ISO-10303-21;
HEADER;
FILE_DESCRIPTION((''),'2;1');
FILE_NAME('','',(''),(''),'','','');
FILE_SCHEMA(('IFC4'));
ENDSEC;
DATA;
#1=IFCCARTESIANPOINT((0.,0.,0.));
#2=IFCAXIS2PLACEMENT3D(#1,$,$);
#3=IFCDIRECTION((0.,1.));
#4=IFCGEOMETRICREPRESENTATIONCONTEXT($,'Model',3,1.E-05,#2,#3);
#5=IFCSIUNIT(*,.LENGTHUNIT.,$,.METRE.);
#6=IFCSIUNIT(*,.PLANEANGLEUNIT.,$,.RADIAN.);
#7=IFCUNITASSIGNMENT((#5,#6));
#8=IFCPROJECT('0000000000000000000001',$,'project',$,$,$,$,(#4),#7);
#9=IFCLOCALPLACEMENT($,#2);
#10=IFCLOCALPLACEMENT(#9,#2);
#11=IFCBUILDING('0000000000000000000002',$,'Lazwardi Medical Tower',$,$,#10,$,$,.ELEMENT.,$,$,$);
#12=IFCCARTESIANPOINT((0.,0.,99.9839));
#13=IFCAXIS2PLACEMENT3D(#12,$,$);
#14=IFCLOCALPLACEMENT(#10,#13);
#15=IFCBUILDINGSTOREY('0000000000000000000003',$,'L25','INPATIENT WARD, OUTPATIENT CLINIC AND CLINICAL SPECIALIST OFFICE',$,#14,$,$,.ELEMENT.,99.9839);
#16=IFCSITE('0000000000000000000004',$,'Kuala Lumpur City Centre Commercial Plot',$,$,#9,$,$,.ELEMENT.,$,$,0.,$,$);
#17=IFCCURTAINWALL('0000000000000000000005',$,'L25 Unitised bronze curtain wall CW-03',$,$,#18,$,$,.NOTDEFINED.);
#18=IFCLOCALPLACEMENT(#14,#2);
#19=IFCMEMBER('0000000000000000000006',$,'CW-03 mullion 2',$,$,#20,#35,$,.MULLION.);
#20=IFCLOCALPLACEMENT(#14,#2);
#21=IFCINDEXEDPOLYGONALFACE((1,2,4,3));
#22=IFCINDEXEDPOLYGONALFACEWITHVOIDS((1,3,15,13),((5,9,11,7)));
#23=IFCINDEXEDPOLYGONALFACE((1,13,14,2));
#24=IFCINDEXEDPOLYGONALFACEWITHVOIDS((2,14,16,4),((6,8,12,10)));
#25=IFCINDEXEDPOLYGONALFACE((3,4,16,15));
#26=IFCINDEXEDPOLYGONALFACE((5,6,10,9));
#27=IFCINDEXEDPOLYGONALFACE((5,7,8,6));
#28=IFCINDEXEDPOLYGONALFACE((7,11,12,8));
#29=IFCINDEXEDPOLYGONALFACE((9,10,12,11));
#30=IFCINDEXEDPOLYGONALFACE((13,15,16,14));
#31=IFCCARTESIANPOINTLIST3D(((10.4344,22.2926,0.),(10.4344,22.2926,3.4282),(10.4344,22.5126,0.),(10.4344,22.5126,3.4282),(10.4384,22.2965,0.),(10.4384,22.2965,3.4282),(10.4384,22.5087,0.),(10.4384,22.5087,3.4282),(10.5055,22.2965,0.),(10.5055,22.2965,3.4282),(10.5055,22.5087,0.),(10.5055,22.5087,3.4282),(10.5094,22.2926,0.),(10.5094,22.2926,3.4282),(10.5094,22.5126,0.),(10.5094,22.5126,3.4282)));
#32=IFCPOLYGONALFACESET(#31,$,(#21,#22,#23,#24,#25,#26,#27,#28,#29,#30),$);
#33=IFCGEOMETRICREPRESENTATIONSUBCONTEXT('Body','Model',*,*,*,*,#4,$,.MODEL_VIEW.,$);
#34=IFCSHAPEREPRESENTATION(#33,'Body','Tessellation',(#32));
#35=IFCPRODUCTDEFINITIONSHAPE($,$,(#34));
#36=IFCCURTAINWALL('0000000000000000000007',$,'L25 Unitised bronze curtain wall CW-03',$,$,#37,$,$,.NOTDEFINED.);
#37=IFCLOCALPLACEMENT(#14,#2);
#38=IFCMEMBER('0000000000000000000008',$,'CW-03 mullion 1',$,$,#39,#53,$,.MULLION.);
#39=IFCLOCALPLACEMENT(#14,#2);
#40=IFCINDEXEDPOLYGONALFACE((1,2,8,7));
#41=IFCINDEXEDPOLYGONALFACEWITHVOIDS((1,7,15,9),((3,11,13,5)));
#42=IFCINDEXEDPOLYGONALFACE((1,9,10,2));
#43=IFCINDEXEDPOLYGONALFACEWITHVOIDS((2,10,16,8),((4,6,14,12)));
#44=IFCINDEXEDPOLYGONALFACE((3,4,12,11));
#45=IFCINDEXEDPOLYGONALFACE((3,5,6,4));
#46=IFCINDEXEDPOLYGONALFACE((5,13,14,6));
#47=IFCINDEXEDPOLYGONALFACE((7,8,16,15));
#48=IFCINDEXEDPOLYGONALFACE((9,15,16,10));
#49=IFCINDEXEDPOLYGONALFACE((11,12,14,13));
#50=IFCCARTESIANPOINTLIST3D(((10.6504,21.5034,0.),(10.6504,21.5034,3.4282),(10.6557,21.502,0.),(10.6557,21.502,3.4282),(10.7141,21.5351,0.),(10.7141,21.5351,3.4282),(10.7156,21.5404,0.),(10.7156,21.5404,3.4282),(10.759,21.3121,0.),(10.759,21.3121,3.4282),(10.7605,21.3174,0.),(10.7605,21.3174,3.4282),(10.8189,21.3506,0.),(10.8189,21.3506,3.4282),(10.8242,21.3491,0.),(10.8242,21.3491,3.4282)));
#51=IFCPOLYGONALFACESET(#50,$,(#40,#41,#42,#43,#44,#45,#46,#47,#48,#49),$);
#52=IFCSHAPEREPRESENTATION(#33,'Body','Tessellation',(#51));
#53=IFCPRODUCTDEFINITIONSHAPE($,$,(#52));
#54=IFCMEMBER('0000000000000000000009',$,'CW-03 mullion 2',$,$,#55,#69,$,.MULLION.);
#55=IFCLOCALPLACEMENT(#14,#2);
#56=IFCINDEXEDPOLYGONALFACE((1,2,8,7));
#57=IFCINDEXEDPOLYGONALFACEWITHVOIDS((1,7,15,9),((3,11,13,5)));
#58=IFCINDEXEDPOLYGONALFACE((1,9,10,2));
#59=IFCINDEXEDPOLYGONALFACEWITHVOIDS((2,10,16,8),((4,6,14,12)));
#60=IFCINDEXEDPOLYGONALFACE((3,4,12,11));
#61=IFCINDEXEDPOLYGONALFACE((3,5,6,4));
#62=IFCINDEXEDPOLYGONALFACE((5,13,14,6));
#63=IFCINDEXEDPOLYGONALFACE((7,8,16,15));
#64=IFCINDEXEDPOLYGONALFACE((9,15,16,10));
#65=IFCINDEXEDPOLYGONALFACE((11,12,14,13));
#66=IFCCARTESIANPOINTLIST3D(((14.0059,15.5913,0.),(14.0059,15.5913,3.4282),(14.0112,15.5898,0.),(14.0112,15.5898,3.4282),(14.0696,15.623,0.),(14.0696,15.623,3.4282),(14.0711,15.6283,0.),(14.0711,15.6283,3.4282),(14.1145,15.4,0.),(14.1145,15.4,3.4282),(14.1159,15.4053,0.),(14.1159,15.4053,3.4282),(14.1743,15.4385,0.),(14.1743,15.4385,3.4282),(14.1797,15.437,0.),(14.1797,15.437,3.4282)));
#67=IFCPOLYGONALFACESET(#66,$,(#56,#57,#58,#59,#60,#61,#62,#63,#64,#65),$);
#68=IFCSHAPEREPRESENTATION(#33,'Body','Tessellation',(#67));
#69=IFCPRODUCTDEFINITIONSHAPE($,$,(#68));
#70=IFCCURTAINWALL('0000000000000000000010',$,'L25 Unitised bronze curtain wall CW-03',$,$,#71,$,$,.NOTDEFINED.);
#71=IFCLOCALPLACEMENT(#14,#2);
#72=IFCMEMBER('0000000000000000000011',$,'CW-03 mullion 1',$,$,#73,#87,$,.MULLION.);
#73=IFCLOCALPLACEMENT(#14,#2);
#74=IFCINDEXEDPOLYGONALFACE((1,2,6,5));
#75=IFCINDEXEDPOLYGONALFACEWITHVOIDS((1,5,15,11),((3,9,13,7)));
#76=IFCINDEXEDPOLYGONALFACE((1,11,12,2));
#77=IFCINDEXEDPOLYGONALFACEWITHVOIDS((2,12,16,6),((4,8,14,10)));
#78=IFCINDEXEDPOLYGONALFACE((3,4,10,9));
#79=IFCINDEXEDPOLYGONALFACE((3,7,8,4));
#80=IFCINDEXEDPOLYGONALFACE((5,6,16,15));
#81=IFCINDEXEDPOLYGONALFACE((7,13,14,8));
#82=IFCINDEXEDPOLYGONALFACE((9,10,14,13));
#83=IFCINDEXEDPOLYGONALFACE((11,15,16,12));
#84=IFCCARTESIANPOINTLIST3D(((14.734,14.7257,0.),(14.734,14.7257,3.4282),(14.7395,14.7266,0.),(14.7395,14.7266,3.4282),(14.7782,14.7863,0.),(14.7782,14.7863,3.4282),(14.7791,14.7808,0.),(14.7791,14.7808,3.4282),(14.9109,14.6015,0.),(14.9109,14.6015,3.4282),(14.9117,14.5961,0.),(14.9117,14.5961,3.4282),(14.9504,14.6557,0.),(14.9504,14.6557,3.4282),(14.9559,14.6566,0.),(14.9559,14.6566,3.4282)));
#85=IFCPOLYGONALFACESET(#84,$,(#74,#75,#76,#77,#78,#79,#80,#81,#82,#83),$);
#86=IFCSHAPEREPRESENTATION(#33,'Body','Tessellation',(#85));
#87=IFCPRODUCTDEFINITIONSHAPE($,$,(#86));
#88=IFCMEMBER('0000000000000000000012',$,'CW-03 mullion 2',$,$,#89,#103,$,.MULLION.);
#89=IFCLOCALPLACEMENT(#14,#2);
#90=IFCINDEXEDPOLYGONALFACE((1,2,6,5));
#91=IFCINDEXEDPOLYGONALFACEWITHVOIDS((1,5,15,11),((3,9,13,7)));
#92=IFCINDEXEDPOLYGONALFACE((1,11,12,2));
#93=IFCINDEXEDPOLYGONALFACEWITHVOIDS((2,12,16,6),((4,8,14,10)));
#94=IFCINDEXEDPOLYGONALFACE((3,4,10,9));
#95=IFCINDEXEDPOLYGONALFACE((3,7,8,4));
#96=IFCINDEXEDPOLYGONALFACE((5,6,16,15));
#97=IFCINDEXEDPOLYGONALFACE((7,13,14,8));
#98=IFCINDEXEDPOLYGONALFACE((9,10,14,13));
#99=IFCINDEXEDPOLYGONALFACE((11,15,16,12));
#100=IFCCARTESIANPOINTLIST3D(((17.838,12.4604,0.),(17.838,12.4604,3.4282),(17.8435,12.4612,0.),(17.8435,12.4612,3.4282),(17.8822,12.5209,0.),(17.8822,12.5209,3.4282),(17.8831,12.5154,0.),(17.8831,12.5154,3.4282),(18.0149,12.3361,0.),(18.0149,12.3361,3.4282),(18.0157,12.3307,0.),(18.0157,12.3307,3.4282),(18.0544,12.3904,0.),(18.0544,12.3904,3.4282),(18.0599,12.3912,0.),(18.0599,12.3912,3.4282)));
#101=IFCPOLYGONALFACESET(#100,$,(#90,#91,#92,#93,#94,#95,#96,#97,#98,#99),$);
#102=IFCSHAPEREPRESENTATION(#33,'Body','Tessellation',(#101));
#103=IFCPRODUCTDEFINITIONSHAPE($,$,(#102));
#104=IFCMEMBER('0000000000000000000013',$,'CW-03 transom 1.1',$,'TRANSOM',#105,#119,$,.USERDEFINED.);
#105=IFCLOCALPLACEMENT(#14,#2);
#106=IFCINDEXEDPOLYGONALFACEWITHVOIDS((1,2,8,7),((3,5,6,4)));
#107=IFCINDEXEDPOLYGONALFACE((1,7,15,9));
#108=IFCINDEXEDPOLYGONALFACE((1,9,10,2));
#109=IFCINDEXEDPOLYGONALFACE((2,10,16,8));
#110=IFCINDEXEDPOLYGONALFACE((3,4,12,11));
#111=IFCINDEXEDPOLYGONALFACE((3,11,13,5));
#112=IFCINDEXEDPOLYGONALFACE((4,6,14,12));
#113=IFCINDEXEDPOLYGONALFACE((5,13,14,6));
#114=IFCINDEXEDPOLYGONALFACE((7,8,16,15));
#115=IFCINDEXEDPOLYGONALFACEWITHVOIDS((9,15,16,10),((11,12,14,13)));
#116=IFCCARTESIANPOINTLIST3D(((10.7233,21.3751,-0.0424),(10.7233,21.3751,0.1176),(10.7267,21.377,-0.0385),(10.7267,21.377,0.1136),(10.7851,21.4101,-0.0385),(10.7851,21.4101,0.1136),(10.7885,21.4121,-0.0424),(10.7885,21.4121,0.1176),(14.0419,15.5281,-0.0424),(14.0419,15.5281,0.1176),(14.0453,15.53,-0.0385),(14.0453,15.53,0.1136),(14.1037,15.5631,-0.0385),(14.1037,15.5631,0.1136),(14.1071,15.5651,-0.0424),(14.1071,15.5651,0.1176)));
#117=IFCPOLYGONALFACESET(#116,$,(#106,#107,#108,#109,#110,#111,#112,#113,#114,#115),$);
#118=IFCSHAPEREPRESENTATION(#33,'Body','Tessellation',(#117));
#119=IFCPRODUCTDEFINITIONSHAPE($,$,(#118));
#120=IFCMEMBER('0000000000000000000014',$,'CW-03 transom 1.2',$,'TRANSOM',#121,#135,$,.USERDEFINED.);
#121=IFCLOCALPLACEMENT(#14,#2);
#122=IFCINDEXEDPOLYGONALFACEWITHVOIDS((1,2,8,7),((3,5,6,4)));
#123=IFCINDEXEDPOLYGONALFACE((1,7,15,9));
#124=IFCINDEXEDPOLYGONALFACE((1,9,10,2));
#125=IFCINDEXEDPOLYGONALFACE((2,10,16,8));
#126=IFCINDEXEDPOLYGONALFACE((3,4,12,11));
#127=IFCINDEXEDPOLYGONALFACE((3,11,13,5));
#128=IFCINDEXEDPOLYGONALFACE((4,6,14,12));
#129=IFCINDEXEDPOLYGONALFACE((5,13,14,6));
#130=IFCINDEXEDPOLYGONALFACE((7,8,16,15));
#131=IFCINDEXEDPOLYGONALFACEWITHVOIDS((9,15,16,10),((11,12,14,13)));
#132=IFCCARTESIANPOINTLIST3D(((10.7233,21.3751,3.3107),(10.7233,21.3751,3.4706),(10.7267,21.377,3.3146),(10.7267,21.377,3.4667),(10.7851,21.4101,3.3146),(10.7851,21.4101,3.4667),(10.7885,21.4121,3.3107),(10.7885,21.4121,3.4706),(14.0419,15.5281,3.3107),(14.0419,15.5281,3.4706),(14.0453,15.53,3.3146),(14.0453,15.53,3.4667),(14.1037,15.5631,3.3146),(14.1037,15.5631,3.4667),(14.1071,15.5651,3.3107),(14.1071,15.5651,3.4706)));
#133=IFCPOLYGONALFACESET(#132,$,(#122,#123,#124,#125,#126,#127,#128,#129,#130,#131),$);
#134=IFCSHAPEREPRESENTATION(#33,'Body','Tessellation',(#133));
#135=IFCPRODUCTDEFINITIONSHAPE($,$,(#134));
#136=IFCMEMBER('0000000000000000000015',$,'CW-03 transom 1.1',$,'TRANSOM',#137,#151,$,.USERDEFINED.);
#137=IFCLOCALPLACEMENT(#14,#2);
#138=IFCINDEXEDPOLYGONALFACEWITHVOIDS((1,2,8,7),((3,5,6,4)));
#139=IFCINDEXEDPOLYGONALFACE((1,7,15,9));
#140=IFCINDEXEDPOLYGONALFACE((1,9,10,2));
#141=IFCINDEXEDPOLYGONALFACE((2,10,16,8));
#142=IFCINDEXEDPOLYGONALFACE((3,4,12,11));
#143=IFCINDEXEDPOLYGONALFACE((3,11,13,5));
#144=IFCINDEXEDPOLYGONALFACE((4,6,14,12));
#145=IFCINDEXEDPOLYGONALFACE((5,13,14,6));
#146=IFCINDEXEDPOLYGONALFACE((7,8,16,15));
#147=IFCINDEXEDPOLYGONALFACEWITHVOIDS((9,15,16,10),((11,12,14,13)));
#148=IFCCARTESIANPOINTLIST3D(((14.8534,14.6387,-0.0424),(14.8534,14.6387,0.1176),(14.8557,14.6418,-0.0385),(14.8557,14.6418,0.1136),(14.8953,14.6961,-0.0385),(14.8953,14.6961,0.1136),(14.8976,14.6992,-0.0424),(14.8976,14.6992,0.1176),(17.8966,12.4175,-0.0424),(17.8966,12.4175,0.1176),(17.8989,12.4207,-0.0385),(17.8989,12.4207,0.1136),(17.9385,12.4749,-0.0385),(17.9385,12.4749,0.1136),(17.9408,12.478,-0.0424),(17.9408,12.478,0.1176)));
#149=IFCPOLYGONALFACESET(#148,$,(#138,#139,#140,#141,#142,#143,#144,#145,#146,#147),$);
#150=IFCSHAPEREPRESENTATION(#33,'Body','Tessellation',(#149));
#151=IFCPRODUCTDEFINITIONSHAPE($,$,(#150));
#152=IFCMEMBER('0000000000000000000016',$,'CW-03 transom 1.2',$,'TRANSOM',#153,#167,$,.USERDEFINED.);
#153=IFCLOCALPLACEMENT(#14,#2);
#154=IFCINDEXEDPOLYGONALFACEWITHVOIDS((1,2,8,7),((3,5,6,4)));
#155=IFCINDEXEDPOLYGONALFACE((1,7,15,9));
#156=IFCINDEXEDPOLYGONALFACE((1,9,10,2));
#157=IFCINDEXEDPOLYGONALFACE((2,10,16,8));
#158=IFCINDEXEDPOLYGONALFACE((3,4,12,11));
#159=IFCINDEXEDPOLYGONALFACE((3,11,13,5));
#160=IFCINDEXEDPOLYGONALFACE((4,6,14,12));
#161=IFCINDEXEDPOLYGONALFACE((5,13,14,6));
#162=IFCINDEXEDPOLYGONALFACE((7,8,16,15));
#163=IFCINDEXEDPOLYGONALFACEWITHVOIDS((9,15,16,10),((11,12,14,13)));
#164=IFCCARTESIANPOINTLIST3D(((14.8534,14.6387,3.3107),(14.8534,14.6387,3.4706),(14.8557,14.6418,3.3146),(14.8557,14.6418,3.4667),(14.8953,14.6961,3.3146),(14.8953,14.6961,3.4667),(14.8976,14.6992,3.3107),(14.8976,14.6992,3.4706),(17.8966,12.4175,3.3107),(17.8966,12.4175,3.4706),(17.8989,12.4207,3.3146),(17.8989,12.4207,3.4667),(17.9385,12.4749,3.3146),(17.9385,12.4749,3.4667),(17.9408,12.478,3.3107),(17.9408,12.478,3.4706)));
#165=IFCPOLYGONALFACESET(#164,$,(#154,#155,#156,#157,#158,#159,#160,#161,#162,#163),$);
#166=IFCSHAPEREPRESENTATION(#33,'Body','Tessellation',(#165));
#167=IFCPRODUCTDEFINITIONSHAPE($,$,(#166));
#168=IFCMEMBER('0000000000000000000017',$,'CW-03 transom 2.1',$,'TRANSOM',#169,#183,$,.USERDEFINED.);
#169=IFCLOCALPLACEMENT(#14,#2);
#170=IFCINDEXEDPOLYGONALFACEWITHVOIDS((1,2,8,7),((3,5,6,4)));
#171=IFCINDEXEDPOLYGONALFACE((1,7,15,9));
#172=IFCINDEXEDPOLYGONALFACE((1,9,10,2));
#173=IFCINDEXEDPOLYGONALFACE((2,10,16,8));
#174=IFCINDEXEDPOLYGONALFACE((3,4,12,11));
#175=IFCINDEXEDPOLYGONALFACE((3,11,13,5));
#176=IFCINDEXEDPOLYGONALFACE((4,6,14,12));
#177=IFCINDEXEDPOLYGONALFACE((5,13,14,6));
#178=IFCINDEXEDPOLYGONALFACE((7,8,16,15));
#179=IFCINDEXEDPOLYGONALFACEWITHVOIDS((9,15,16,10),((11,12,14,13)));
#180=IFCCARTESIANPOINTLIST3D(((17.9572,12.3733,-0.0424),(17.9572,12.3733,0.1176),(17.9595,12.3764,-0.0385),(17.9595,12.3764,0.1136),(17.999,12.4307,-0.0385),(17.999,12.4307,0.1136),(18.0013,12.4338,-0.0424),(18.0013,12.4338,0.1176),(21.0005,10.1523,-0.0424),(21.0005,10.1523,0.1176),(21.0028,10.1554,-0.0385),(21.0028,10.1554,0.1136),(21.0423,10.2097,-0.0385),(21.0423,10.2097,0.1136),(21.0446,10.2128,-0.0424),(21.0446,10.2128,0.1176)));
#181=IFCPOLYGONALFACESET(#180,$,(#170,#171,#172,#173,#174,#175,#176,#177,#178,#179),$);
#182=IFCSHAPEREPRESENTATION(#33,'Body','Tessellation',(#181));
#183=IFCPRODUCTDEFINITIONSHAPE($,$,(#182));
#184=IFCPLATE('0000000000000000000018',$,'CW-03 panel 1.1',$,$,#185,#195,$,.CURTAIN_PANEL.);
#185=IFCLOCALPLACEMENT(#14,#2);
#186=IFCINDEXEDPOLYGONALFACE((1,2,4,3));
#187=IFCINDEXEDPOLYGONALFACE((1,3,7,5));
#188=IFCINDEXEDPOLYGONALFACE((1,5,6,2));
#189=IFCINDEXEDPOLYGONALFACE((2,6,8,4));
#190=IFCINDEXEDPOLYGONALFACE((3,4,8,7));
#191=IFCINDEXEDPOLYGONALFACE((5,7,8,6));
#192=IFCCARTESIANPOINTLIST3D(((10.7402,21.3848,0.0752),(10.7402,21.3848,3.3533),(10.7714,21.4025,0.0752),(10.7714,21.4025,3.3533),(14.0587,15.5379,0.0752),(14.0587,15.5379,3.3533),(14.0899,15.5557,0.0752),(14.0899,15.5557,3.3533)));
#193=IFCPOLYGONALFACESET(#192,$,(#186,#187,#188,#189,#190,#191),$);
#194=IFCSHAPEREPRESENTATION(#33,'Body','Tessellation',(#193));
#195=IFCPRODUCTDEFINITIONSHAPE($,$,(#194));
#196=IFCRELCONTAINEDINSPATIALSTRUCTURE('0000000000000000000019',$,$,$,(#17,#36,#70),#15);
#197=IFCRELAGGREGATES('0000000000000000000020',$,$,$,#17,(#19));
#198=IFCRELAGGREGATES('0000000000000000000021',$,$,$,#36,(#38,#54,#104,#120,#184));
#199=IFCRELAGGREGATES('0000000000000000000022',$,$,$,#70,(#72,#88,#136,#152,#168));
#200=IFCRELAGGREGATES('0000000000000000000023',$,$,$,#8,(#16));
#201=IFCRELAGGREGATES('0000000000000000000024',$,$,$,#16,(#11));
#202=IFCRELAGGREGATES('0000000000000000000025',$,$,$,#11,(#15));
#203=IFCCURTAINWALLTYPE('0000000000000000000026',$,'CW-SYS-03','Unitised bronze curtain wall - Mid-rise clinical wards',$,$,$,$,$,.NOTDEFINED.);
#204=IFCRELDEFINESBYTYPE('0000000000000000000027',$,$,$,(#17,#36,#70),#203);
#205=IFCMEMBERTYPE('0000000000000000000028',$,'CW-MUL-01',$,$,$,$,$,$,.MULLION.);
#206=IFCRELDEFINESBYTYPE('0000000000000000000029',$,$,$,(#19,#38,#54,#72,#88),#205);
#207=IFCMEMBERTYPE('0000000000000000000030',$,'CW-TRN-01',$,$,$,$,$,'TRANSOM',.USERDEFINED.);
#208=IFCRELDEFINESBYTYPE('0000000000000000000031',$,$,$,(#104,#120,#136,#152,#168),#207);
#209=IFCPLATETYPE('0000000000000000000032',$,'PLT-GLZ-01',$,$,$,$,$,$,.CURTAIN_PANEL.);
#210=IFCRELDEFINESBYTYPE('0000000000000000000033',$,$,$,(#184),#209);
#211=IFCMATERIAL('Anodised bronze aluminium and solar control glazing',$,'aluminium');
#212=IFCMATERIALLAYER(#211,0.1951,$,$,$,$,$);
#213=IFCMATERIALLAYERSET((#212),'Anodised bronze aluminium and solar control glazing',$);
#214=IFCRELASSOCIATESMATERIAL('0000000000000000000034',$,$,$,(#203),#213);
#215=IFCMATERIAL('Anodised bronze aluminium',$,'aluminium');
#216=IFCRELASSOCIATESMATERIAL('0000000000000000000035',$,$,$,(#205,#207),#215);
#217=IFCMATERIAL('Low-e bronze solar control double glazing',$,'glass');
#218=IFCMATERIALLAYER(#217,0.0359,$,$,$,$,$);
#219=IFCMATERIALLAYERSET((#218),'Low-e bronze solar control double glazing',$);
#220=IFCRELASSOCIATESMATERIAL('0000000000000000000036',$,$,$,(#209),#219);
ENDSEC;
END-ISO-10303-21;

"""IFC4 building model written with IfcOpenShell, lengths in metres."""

from ifc_helpers import new_model, si_unit, direction, frame, origin, origin_2d, place, context, subcontext, project, spatial, rectangle, hollow_rectangle, extrude, material, layer, layer_set, material_profile, profile_set, type_object, element, aggregate, save


model = new_model("IFC4")

# Units and contexts
model_context = context("Model", 3, precision=1e-05, world=origin(), true_north=direction((0.0, 1.0)))
body_context = subcontext(model_context, "Body", "Model", "MODEL_VIEW")
ifc_project = project(units=[si_unit("LENGTHUNIT", "METRE"), si_unit("PLANEANGLEUNIT", "RADIAN")], contexts=[model_context])

# Site, building, storey
site_placement = place(None, origin())
site = spatial("IfcSite", under=ifc_project, at=site_placement, Name="Kuala Lumpur City Centre Commercial Plot", CompositionType="ELEMENT", RefElevation=0.0)
building_placement = place(site_placement, origin())
building = spatial("IfcBuilding", under=site, at=building_placement, Name="Lazwardi Medical Tower", CompositionType="ELEMENT")
storey_placement = place(building_placement, frame((0.0, 0.0, 99.9839)))
storey = spatial("IfcBuildingStorey", under=building, at=storey_placement, Name="L25", Description="INPATIENT WARD, OUTPATIENT CLINIC AND CLINICAL SPECIALIST OFFICE", CompositionType="ELEMENT", Elevation=99.9839)

# Curtain wall, member
ifc_material_1 = material(Name="Anodised bronze aluminium and solar control glazing", Category="aluminium")
ifc_layer_1 = layer(ifc_material_1, 0.1951)
ifc_layer_set_1 = layer_set([ifc_layer_1], Name="Anodised bronze aluminium and solar control glazing")
curtain_wall_type = type_object("IfcCurtainWallType", Name="CW-SYS-03", Description="Unitised bronze curtain wall - Mid-rise clinical wards", PredefinedType="NOTDEFINED", material=ifc_layer_set_1)
curtain_wall_1_placement = place(storey_placement, origin())
curtain_wall_1 = element("IfcCurtainWall", 1, at=curtain_wall_1_placement, inside=storey, type_object=curtain_wall_type, Name="L25 Unitised bronze curtain wall CW-03", PredefinedType="NOTDEFINED")
ifc_material_2 = material(Name="Anodised bronze aluminium", Category="aluminium")
ifc_material_profile_1 = material_profile(ifc_material_2, hollow_rectangle(XDim=0.075, YDim=0.22, WallThickness=0.0039, at=origin_2d()), Name="ALU-MULLION 220x75x4")
ifc_profile_set_1 = profile_set([ifc_material_profile_1], Name="Anodised bronze aluminium")
member_type_1 = type_object("IfcMemberType", Name="CW-MUL-01", PredefinedType="MULLION", material=ifc_profile_set_1)
member_1_placement = place(storey_placement, frame((10.4719, 22.4026, 0.0), z_axis=(0.0, 0.0, 1.0), x_axis=(1.0, 0.0, 0.0)))
member_1 = element("IfcMember", 2, at=member_1_placement, type_object=member_type_1, Name="CW-03 mullion 2", PredefinedType="MULLION", context=body_context, shape_type="SweptSolid", body=[
    extrude(hollow_rectangle(XDim=0.075, YDim=0.22, WallThickness=0.0039, at=origin_2d()), origin(), (0.0, 0.0, 1.0), 3.4282),
])
aggregate(curtain_wall_1, [member_1])

# Curtain walls, members
curtain_wall_2_placement = place(storey_placement, origin())
curtain_wall_2 = element("IfcCurtainWall", 3, at=curtain_wall_2_placement, inside=storey, type_object=curtain_wall_type, Name="L25 Unitised bronze curtain wall CW-03", PredefinedType="NOTDEFINED")
member_2_placement = place(storey_placement, frame((10.7373, 21.4263, 0.0), z_axis=(0.0, 0.0, 1.0), x_axis=(0.869687, 0.493603, 0.0)))
member_2 = element("IfcMember", 4, at=member_2_placement, type_object=member_type_1, Name="CW-03 mullion 1", PredefinedType="MULLION", context=body_context, shape_type="SweptSolid", body=[
    extrude(hollow_rectangle(XDim=0.075, YDim=0.22, WallThickness=0.0039, at=origin_2d()), origin(), (0.0, 0.0, 1.0), 3.4282),
])
member_3_placement = place(storey_placement, frame((14.0928, 15.5142, 0.0), z_axis=(0.0, 0.0, 1.0), x_axis=(0.869687, 0.493603, 0.0)))
member_3 = element("IfcMember", 5, at=member_3_placement, type_object=member_type_1, Name="CW-03 mullion 2", PredefinedType="MULLION", context=body_context, shape_type="SweptSolid", body=[
    extrude(hollow_rectangle(XDim=0.075, YDim=0.22, WallThickness=0.0039, at=origin_2d()), origin(), (0.0, 0.0, 1.0), 3.4282),
])
curtain_wall_3_placement = place(storey_placement, origin())
curtain_wall_3 = element("IfcCurtainWall", 6, at=curtain_wall_3_placement, inside=storey, type_object=curtain_wall_type, Name="L25 Unitised bronze curtain wall CW-03", PredefinedType="NOTDEFINED")
member_4_placement = place(storey_placement, frame((14.845, 14.6912, 0.0), z_axis=(0.0, 0.0, 1.0), x_axis=(0.589531, 0.807746, 0.0)))
member_4 = element("IfcMember", 7, at=member_4_placement, type_object=member_type_1, Name="CW-03 mullion 1", PredefinedType="MULLION", context=body_context, shape_type="SweptSolid", body=[
    extrude(hollow_rectangle(XDim=0.075, YDim=0.22, WallThickness=0.0039, at=origin_2d()), origin(), (0.0, 0.0, 1.0), 3.4282),
])
member_5_placement = place(storey_placement, frame((17.949, 12.4258, 0.0), z_axis=(0.0, 0.0, 1.0), x_axis=(0.589531, 0.807746, 0.0)))
member_5 = element("IfcMember", 8, at=member_5_placement, type_object=member_type_1, Name="CW-03 mullion 2", PredefinedType="MULLION", context=body_context, shape_type="SweptSolid", body=[
    extrude(hollow_rectangle(XDim=0.075, YDim=0.22, WallThickness=0.0039, at=origin_2d()), origin(), (0.0, 0.0, 1.0), 3.4282),
])

# Members
ifc_material_profile_2 = material_profile(ifc_material_2, hollow_rectangle(XDim=0.075, YDim=0.1599, WallThickness=0.0039, at=origin_2d()), Name="ALU-TRANSOM 160x75x4")
ifc_profile_set_2 = profile_set([ifc_material_profile_2], Name="Anodised bronze aluminium")
member_type_2 = type_object("IfcMemberType", Name="CW-TRN-01", ElementType="TRANSOM", PredefinedType="USERDEFINED", material=ifc_profile_set_2)
member_6_placement = place(storey_placement, frame((10.7559, 21.3936, 0.0376), z_axis=(0.493614, -0.869681, 0.0), x_axis=(0.869681, 0.493614, 0.0)))
member_6 = element("IfcMember", 9, at=member_6_placement, type_object=member_type_2, Name="CW-03 transom 1.1", ObjectType="TRANSOM", PredefinedType="USERDEFINED", context=body_context, shape_type="SweptSolid", body=[
    extrude(hollow_rectangle(XDim=0.075, YDim=0.1599, WallThickness=0.0039, at=origin_2d()), origin(), (0.0, 0.0, 1.0), 6.7231),
])
member_7_placement = place(storey_placement, frame((10.7559, 21.3936, 3.3906), z_axis=(0.493614, -0.869681, 0.0), x_axis=(0.869681, 0.493614, 0.0)))
member_7 = element("IfcMember", 10, at=member_7_placement, type_object=member_type_2, Name="CW-03 transom 1.2", ObjectType="TRANSOM", PredefinedType="USERDEFINED", context=body_context, shape_type="SweptSolid", body=[
    extrude(hollow_rectangle(XDim=0.075, YDim=0.1599, WallThickness=0.0039, at=origin_2d()), origin(), (0.0, 0.0, 1.0), 6.7231),
])
member_8_placement = place(storey_placement, frame((14.8755, 14.6689, 0.0376), z_axis=(0.807732, -0.58955, 0.0), x_axis=(0.58955, 0.807732, 0.0)))
member_8 = element("IfcMember", 11, at=member_8_placement, type_object=member_type_2, Name="CW-03 transom 1.1", ObjectType="TRANSOM", PredefinedType="USERDEFINED", context=body_context, shape_type="SweptSolid", body=[
    extrude(hollow_rectangle(XDim=0.075, YDim=0.1599, WallThickness=0.0039, at=origin_2d()), origin(), (0.0, 0.0, 1.0), 3.7676),
])
member_9_placement = place(storey_placement, frame((14.8755, 14.6689, 3.3906), z_axis=(0.807732, -0.58955, 0.0), x_axis=(0.58955, 0.807732, 0.0)))
member_9 = element("IfcMember", 12, at=member_9_placement, type_object=member_type_2, Name="CW-03 transom 1.2", ObjectType="TRANSOM", PredefinedType="USERDEFINED", context=body_context, shape_type="SweptSolid", body=[
    extrude(hollow_rectangle(XDim=0.075, YDim=0.1599, WallThickness=0.0039, at=origin_2d()), origin(), (0.0, 0.0, 1.0), 3.7676),
])
member_10_placement = place(storey_placement, frame((17.9792, 12.4036, 0.0376), z_axis=(0.807763, -0.589508, 0.0), x_axis=(0.589508, 0.807763, 0.0)))
member_10 = element("IfcMember", 13, at=member_10_placement, type_object=member_type_2, Name="CW-03 transom 2.1", ObjectType="TRANSOM", PredefinedType="USERDEFINED", context=body_context, shape_type="SweptSolid", body=[
    extrude(hollow_rectangle(XDim=0.075, YDim=0.1599, WallThickness=0.0039, at=origin_2d()), origin(), (0.0, 0.0, 1.0), 3.7676),
])

# Plate
ifc_material_3 = material(Name="Low-e bronze solar control double glazing", Category="glass")
ifc_layer_2 = layer(ifc_material_3, 0.0359)
ifc_layer_set_2 = layer_set([ifc_layer_2], Name="Low-e bronze solar control double glazing")
plate_type = type_object("IfcPlateType", Name="PLT-GLZ-01", PredefinedType="CURTAIN_PANEL", material=ifc_layer_set_2)
plate_1_placement = place(storey_placement, frame((12.415, 18.4702, 0.0752), z_axis=(0.0, 0.0, 1.0), x_axis=(0.493603, -0.869687, 0.0)))
plate_1 = element("IfcPlate", 14, at=plate_1_placement, type_object=plate_type, Name="CW-03 panel 1.1", PredefinedType="CURTAIN_PANEL", context=body_context, shape_type="SweptSolid", body=[
    extrude(rectangle(XDim=6.7229, YDim=0.0359, at=origin_2d()), origin(), (0.0, 0.0, 1.0), 3.2781),
])
aggregate(curtain_wall_2, [member_2, member_3, member_6, member_7, plate_1])
aggregate(curtain_wall_3, [member_4, member_5, member_8, member_9, member_10])

save(model, "model.ifc")
